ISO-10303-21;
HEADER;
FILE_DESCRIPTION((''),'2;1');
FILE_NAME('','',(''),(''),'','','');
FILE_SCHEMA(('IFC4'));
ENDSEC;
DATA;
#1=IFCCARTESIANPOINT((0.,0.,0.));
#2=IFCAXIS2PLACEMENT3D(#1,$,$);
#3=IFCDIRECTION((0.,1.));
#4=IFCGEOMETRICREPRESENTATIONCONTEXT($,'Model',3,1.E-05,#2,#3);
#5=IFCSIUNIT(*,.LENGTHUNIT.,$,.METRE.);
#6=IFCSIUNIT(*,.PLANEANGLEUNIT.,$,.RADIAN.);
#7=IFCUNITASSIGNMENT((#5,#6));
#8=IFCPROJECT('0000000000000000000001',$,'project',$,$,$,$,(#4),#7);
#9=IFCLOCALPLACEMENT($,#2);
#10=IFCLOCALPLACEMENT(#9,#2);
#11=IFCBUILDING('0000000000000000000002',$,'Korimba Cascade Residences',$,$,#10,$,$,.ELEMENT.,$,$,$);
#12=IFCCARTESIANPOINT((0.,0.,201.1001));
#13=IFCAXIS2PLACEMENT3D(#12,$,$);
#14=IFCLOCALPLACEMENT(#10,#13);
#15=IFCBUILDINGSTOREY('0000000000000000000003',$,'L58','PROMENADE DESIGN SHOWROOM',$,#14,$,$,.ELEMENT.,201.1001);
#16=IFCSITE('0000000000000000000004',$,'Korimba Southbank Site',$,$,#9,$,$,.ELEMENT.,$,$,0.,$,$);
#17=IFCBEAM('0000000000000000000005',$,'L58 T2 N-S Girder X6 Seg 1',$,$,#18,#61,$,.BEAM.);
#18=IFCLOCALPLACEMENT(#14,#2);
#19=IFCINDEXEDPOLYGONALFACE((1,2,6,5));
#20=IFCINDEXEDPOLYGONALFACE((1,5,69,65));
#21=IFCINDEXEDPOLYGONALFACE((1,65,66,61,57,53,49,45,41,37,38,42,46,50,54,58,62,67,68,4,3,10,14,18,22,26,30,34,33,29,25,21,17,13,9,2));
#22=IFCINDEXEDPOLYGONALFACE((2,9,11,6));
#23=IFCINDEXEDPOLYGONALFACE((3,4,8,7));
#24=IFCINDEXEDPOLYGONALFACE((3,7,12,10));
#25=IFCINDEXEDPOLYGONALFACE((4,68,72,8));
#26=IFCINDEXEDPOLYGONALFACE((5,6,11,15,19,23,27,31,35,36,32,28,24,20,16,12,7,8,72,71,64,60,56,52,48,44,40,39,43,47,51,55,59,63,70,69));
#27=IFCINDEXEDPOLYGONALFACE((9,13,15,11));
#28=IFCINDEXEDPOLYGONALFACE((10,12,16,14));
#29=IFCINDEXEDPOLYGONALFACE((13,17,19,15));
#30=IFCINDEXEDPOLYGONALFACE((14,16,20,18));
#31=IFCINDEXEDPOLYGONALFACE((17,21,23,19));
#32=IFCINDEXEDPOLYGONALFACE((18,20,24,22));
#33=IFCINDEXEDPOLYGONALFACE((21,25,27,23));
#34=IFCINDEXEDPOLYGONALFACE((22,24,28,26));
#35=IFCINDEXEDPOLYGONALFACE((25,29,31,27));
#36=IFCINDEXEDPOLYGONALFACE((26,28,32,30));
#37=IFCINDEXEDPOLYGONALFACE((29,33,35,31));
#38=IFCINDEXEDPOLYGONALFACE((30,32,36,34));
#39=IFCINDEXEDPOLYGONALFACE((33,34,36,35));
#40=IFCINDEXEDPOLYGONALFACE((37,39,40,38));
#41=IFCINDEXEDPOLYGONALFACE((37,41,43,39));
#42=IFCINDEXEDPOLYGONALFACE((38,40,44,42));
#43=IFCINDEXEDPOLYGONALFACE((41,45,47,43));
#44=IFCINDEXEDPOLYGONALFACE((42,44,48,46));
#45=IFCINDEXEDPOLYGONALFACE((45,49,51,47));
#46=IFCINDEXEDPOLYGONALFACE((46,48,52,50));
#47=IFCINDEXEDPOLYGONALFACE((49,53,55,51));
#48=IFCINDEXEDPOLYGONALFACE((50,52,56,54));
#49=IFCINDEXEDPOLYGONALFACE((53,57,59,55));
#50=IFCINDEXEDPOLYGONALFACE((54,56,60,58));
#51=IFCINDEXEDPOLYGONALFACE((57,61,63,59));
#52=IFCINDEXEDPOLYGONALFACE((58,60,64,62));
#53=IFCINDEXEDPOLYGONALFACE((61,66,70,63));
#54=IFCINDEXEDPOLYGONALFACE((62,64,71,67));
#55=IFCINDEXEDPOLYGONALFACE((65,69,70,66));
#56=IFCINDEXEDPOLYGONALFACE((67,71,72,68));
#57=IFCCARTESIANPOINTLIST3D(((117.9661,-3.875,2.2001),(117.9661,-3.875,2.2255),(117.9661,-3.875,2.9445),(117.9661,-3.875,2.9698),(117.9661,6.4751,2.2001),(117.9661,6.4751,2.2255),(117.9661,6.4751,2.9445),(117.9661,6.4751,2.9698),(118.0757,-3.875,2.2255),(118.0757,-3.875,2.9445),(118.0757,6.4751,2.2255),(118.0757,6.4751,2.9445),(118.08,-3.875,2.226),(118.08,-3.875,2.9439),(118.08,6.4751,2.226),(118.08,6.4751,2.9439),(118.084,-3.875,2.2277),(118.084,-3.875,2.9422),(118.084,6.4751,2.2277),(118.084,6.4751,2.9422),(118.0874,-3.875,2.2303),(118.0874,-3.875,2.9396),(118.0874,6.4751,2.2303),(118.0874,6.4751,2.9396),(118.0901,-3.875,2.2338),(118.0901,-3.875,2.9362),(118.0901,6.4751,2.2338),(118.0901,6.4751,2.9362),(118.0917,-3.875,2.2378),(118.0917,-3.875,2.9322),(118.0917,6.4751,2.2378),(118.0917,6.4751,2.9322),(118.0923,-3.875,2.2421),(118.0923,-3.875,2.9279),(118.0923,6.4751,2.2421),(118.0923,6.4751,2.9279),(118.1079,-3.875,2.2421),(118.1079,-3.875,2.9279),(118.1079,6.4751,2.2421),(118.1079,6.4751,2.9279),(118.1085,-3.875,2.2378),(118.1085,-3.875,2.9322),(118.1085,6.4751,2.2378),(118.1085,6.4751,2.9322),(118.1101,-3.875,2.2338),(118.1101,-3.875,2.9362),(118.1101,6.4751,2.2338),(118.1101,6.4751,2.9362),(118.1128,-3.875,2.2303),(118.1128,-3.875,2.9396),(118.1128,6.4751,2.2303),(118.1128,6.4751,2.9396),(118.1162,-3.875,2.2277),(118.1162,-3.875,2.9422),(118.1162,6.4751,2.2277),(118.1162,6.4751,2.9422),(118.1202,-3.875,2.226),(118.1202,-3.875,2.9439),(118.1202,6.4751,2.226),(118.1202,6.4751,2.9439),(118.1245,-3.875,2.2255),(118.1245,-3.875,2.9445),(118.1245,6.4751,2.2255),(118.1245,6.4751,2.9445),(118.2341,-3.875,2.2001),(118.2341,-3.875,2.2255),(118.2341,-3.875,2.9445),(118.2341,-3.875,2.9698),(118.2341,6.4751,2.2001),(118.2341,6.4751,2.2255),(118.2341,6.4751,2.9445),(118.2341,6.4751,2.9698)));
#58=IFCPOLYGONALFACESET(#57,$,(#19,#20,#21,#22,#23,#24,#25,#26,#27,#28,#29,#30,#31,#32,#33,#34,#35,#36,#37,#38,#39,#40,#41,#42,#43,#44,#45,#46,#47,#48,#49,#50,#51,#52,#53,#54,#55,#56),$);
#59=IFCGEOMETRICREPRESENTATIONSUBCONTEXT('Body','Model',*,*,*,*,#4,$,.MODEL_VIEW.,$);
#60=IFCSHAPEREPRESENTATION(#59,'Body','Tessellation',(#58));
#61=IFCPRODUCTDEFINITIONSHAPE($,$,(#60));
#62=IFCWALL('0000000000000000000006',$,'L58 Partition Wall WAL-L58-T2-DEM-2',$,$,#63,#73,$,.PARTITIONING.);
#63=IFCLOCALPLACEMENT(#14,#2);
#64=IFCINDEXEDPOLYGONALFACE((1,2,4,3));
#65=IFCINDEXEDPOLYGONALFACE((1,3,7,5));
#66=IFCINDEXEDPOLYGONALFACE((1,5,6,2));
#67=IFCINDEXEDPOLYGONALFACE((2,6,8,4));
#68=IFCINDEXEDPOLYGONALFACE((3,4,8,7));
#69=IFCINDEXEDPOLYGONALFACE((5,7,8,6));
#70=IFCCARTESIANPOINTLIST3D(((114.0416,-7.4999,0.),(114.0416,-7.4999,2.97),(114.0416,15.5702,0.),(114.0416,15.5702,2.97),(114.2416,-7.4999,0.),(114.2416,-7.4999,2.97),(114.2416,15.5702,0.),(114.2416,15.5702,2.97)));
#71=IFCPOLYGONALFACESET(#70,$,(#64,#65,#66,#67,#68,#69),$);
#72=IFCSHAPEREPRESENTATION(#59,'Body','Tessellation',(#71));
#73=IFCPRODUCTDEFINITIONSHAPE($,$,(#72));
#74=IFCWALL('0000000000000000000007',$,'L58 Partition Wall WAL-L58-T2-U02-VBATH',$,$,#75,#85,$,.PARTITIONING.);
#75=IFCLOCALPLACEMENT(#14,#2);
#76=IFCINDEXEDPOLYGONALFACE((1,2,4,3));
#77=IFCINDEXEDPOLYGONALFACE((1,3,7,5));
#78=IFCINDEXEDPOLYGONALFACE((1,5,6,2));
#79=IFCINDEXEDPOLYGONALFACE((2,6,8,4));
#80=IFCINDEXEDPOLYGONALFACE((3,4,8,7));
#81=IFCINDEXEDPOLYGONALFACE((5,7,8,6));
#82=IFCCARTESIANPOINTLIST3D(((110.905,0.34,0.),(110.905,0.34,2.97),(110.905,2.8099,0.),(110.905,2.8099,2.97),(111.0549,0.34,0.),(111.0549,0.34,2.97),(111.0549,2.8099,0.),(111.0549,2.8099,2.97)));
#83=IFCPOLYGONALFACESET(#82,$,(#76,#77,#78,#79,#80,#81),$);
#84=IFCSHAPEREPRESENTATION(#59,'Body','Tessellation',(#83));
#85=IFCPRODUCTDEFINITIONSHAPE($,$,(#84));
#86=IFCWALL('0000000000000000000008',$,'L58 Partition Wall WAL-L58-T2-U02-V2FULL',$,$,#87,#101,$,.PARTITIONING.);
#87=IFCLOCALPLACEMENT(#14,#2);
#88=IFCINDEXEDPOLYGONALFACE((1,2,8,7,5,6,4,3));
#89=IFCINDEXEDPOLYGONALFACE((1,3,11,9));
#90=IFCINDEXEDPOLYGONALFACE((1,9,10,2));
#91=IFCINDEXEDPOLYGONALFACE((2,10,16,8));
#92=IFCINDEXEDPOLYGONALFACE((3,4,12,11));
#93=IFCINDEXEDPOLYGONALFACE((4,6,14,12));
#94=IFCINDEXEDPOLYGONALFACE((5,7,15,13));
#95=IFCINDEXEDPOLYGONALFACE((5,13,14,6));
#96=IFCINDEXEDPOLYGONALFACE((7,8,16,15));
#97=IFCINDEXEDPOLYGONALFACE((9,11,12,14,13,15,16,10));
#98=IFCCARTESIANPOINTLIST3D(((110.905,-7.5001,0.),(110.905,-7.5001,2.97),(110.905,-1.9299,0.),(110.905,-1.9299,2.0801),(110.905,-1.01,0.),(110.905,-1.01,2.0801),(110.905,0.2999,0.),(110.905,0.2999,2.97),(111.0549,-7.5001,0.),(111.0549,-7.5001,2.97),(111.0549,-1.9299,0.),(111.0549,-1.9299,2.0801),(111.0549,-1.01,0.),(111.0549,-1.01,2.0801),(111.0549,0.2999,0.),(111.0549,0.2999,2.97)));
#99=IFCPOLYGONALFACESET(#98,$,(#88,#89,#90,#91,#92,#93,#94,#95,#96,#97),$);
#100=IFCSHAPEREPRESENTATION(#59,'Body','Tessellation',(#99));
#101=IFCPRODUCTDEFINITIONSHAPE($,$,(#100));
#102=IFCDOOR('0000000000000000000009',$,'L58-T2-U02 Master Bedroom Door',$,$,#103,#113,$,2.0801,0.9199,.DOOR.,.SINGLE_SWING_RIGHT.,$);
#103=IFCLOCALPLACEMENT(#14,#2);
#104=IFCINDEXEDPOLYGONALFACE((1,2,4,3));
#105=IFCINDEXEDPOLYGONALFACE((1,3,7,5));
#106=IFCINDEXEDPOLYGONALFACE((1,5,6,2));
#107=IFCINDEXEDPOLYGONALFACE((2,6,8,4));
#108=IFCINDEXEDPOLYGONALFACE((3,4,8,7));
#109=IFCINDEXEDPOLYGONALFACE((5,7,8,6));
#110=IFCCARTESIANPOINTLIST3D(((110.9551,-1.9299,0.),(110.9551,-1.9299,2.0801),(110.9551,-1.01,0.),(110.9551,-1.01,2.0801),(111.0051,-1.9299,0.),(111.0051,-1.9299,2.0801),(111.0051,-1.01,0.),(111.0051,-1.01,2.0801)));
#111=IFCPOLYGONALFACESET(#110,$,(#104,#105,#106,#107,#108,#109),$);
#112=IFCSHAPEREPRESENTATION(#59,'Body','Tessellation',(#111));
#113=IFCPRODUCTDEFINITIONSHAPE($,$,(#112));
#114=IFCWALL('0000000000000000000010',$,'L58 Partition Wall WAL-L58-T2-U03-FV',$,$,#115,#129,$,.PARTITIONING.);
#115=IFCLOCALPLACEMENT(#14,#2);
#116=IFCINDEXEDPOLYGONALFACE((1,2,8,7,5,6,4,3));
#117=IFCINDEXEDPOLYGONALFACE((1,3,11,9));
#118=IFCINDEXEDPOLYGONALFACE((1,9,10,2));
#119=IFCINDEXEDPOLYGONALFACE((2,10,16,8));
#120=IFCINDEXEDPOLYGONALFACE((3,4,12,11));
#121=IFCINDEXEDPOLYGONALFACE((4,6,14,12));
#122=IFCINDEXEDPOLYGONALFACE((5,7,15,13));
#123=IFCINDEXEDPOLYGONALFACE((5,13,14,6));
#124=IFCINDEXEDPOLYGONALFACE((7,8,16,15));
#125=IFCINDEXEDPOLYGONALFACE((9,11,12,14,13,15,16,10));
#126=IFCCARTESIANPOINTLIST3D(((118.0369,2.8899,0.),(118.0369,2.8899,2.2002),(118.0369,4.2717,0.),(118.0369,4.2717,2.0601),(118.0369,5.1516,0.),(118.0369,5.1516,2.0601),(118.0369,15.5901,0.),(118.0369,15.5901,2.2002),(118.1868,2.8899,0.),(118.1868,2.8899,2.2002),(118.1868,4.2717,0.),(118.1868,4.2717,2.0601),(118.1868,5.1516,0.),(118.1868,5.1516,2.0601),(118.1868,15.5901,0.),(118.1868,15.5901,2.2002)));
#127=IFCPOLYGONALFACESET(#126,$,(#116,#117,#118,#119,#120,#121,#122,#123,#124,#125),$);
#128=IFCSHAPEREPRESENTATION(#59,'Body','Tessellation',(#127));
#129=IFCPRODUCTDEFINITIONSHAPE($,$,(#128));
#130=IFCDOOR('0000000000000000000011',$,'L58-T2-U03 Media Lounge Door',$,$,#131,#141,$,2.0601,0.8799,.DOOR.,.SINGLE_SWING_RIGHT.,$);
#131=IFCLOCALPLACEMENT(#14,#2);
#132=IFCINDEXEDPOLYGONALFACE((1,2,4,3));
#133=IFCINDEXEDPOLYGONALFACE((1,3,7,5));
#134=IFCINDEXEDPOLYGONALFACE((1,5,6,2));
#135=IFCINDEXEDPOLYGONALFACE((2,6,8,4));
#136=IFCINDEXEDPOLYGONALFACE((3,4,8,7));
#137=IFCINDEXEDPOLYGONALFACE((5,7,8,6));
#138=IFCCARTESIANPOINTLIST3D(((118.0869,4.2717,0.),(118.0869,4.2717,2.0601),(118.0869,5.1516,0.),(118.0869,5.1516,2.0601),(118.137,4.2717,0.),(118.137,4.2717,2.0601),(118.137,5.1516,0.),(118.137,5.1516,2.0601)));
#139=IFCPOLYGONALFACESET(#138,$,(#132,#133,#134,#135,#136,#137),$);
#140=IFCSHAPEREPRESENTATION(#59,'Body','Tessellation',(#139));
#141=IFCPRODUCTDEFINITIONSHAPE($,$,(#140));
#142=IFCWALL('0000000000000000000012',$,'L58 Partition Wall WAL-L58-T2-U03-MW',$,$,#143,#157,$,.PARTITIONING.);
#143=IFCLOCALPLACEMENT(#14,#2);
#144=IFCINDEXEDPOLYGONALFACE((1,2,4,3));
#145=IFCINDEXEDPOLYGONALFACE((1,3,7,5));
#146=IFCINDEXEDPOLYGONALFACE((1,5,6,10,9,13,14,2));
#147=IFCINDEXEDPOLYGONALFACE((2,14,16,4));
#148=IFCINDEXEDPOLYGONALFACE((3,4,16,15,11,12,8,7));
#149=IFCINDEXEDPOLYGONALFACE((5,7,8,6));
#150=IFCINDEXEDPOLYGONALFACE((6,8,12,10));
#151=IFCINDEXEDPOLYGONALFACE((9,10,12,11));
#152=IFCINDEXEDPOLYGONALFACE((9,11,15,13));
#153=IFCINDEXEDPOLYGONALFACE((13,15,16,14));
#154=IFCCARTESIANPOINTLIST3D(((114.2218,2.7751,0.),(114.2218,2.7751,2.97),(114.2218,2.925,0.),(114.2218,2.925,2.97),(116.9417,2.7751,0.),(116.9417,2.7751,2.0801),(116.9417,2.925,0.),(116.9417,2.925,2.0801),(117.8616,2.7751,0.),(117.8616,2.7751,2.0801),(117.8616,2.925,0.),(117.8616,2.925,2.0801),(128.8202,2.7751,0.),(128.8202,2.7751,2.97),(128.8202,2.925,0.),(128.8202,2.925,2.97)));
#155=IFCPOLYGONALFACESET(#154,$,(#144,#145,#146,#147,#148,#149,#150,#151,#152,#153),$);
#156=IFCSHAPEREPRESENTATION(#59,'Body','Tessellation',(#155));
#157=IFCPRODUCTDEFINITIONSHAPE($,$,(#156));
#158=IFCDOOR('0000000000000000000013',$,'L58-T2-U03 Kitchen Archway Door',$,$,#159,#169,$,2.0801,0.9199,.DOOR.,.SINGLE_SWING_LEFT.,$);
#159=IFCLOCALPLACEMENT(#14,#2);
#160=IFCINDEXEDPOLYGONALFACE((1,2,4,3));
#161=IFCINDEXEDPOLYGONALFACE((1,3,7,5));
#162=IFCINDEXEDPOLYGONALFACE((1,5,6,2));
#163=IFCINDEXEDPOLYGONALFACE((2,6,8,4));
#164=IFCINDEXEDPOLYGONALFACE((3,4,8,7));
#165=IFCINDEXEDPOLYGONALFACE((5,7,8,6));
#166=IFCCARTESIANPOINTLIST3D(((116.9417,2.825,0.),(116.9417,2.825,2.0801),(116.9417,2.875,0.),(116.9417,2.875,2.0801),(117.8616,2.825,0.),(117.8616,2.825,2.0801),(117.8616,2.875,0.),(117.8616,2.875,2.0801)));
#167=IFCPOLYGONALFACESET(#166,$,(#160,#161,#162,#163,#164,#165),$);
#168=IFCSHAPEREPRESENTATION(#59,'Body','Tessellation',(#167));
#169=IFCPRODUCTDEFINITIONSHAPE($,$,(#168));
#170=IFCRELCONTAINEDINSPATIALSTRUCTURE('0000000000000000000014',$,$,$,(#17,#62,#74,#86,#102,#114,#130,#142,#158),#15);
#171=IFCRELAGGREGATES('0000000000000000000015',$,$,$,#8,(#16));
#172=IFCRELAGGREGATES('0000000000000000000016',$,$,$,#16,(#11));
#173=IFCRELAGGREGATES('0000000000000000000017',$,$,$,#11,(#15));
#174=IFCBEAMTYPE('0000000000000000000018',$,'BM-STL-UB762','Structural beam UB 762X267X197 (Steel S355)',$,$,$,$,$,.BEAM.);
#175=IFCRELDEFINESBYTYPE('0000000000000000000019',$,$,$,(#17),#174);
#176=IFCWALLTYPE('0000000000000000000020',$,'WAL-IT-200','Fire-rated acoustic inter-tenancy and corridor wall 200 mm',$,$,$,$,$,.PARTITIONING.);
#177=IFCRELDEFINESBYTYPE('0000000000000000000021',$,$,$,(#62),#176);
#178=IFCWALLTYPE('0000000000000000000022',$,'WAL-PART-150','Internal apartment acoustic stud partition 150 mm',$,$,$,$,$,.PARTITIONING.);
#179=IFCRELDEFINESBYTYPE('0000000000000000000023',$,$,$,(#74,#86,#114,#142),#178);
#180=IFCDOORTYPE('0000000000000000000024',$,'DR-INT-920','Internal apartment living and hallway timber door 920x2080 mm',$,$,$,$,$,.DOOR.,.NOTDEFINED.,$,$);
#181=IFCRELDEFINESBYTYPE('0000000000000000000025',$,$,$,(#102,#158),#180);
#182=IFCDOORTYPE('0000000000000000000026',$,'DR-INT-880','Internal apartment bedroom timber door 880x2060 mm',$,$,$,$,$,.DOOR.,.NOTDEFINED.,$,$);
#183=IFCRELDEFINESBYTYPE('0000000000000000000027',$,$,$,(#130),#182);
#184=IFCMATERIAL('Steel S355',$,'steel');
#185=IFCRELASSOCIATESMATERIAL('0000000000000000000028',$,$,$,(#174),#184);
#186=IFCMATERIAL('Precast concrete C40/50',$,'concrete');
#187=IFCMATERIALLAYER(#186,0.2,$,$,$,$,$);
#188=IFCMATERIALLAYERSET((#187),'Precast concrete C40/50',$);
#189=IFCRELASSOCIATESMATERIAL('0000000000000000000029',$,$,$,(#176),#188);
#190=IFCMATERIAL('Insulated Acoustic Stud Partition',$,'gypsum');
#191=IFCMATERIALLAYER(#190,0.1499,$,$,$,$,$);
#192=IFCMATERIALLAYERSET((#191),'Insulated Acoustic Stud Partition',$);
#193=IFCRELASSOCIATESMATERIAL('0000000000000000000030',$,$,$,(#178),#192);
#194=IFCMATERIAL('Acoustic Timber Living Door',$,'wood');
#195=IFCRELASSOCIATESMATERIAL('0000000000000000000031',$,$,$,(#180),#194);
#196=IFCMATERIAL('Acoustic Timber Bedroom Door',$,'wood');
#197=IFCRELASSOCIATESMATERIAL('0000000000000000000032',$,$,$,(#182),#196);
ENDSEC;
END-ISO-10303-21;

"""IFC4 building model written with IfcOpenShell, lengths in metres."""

from ifc_helpers import new_model, si_unit, direction, frame, frame_2d, origin, origin_2d, place, context, subcontext, project, spatial, rectangle, i_section, extrude, material, layer, layer_set, material_profile, profile_set, type_object, element, fill, save


model = new_model("IFC4")

# Units and contexts
model_context = context("Model", 3, precision=1e-05, world=origin(), true_north=direction((0.0, 1.0)))
body_context = subcontext(model_context, "Body", "Model", "MODEL_VIEW")
ifc_project = project(units=[si_unit("LENGTHUNIT", "METRE"), si_unit("PLANEANGLEUNIT", "RADIAN")], contexts=[model_context])

# Site, building, storey
site_placement = place(None, origin())
site = spatial("IfcSite", under=ifc_project, at=site_placement, Name="Korimba Southbank Site", CompositionType="ELEMENT", RefElevation=0.0)
building_placement = place(site_placement, origin())
building = spatial("IfcBuilding", under=site, at=building_placement, Name="Korimba Cascade Residences", CompositionType="ELEMENT")
storey_placement = place(building_placement, frame((0.0, 0.0, 201.1001)))
storey = spatial("IfcBuildingStorey", under=building, at=storey_placement, Name="L58", Description="PROMENADE DESIGN SHOWROOM", CompositionType="ELEMENT", Elevation=201.1001)

# Beam
ifc_material_1 = material(Name="Steel S355", Category="steel")
ifc_material_profile_1 = material_profile(ifc_material_1, i_section(OverallWidth=0.2681, OverallDepth=0.7698, WebThickness=0.0156, FlangeThickness=0.0254, FilletRadius=0.0166, at=origin_2d()), Name="Steel S355")
ifc_profile_set_1 = profile_set([ifc_material_profile_1], Name="Steel S355")
beam_type_1 = type_object("IfcBeamType", Name="BM-STL-UB762", Description="Structural beam UB 762X267X197 (Steel S355)", PredefinedType="BEAM", material=ifc_profile_set_1)
for number, where, z_axis, x_axis, name in (
    (1, (118.1001, -3.875, 2.585), (0.0, 1.0, 0.0), (-1.0, 0.0, 0.0), "L58 T2 N-S Girder X6 Seg 1"),
):
    element("IfcBeam", number, at=place(storey_placement, frame(where, z_axis=z_axis, x_axis=x_axis)), inside=storey, type_object=beam_type_1, Name=name, PredefinedType="BEAM", context=body_context, shape_type="SweptSolid", body=[
        extrude(i_section(OverallWidth=0.2681, OverallDepth=0.7698, WebThickness=0.0156, FlangeThickness=0.0254, FilletRadius=0.0166, at=origin_2d()), origin(), (0.0, 0.0, 1.0), 10.3501),
    ])

# Walls
ifc_material_2 = material(Name="Precast concrete C40/50", Category="concrete")
ifc_layer_1 = layer(ifc_material_2, 0.2)
ifc_layer_set_1 = layer_set([ifc_layer_1], Name="Precast concrete C40/50")
wall_type_1 = type_object("IfcWallType", Name="WAL-IT-200", Description="Fire-rated acoustic inter-tenancy and corridor wall 200 mm", PredefinedType="PARTITIONING", material=ifc_layer_set_1)
wall_1_placement = place(storey_placement, frame((114.1416, -7.5, 0.0), z_axis=(0.0, 0.0, 1.0), x_axis=(0.0, 1.0, 0.0)))
element("IfcWall", 2, at=wall_1_placement, inside=storey, type_object=wall_type_1, Name="L58 Partition Wall WAL-L58-T2-DEM-2", PredefinedType="PARTITIONING", context=body_context, shape_type="SweptSolid", body=[
    extrude(rectangle(XDim=23.0701, YDim=0.2, at=frame_2d((11.5352, 0.0))), origin(), (0.0, 0.0, 1.0), 2.97),
])
ifc_material_3 = material(Name="Insulated Acoustic Stud Partition", Category="gypsum")
ifc_layer_2 = layer(ifc_material_3, 0.1499)
ifc_layer_set_2 = layer_set([ifc_layer_2], Name="Insulated Acoustic Stud Partition")
wall_type_2 = type_object("IfcWallType", Name="WAL-PART-150", Description="Internal apartment acoustic stud partition 150 mm", PredefinedType="PARTITIONING", material=ifc_layer_set_2)
wall_2_placement = place(storey_placement, frame((110.98, 0.3401, 0.0), z_axis=(0.0, 0.0, 1.0), x_axis=(0.0, 1.0, 0.0)))
element("IfcWall", 3, at=wall_2_placement, inside=storey, type_object=wall_type_2, Name="L58 Partition Wall WAL-L58-T2-U02-VBATH", PredefinedType="PARTITIONING", context=body_context, shape_type="SweptSolid", body=[
    extrude(rectangle(XDim=2.47, YDim=0.1499, at=frame_2d((1.2349, 0.0))), origin(), (0.0, 0.0, 1.0), 2.97),
])

# Walls, openings, doors
wall_3_placement = place(storey_placement, frame((110.98, -7.5, 0.0), z_axis=(0.0, 0.0, 1.0), x_axis=(0.0, 1.0, 0.0)))
wall_3 = element("IfcWall", 4, at=wall_3_placement, inside=storey, type_object=wall_type_2, Name="L58 Partition Wall WAL-L58-T2-U02-V2FULL", PredefinedType="PARTITIONING", context=body_context, shape_type="SweptSolid", body=[
    extrude(rectangle(XDim=7.8, YDim=0.1499, at=frame_2d((3.8999, 0.0))), origin(), (0.0, 0.0, 1.0), 2.97),
])
opening_1_placement = place(wall_3_placement, frame((5.5701, 0.0, 0.0)))
opening_1 = element("IfcOpeningElement", 5, at=opening_1_placement, cuts=wall_3, PredefinedType="OPENING", context=body_context, shape_type="SweptSolid", body=[
    extrude(rectangle(XDim=0.9199, YDim=2.0801, at=frame_2d((0.46, 1.04))), frame((0.0, 0.085, 0.0), z_axis=(0.0, -1.0, 0.0), x_axis=(1.0, 0.0, 0.0)), (0.0, 0.0, 1.0), 0.1699),
])
ifc_material_4 = material(Name="Acoustic Timber Living Door", Category="wood")
door_type_1 = type_object("IfcDoorType", Name="DR-INT-920", Description="Internal apartment living and hallway timber door 920x2080 mm", OperationType="NOTDEFINED", PredefinedType="DOOR", material=ifc_material_4)
door_1_placement = place(opening_1_placement, origin())
door_1 = element("IfcDoor", 6, at=door_1_placement, inside=storey, type_object=door_type_1, Name="L58-T2-U02 Master Bedroom Door", OperationType="SINGLE_SWING_RIGHT", OverallHeight=2.0801, OverallWidth=0.9199, PredefinedType="DOOR", context=body_context, shape_type="SweptSolid", body=[
    extrude(rectangle(XDim=0.9199, YDim=2.0801, at=frame_2d((0.46, 1.04))), frame((0.0, 0.0249, 0.0), z_axis=(0.0, -1.0, 0.0), x_axis=(1.0, 0.0, 0.0)), (0.0, 0.0, 1.0), 0.05),
])
fill(opening_1, door_1)
wall_4_placement = place(storey_placement, frame((118.1118, 2.8899, 0.0), z_axis=(0.0, 0.0, 1.0), x_axis=(0.0, 1.0, 0.0)))
wall_4 = element("IfcWall", 7, at=wall_4_placement, inside=storey, type_object=wall_type_2, Name="L58 Partition Wall WAL-L58-T2-U03-FV", PredefinedType="PARTITIONING", context=body_context, shape_type="SweptSolid", body=[
    extrude(rectangle(XDim=12.7002, YDim=0.1499, at=frame_2d((6.3501, 0.0))), origin(), (0.0, 0.0, 1.0), 2.2002),
])
opening_2_placement = place(wall_4_placement, frame((1.3818, 0.0, 0.0)))
opening_2 = element("IfcOpeningElement", 8, at=opening_2_placement, cuts=wall_4, PredefinedType="OPENING", context=body_context, shape_type="SweptSolid", body=[
    extrude(rectangle(XDim=0.8799, YDim=2.0601, at=frame_2d((0.4399, 1.03))), frame((0.0, 0.085, 0.0), z_axis=(0.0, -1.0, 0.0), x_axis=(1.0, 0.0, 0.0)), (0.0, 0.0, 1.0), 0.1699),
])
ifc_material_5 = material(Name="Acoustic Timber Bedroom Door", Category="wood")
door_type_2 = type_object("IfcDoorType", Name="DR-INT-880", Description="Internal apartment bedroom timber door 880x2060 mm", OperationType="NOTDEFINED", PredefinedType="DOOR", material=ifc_material_5)
door_2_placement = place(opening_2_placement, origin())
door_2 = element("IfcDoor", 9, at=door_2_placement, inside=storey, type_object=door_type_2, Name="L58-T2-U03 Media Lounge Door", OperationType="SINGLE_SWING_RIGHT", OverallHeight=2.0601, OverallWidth=0.8799, PredefinedType="DOOR", context=body_context, shape_type="SweptSolid", body=[
    extrude(rectangle(XDim=0.8799, YDim=2.0601, at=frame_2d((0.4399, 1.03))), frame((0.0, 0.0249, 0.0), z_axis=(0.0, -1.0, 0.0), x_axis=(1.0, 0.0, 0.0)), (0.0, 0.0, 1.0), 0.05),
])
fill(opening_2, door_2)
wall_5_placement = place(storey_placement, frame((114.2217, 2.8501, 0.0), z_axis=(0.0, 0.0, 1.0), x_axis=(1.0, 0.0, 0.0)))
wall_5 = element("IfcWall", 10, at=wall_5_placement, inside=storey, type_object=wall_type_2, Name="L58 Partition Wall WAL-L58-T2-U03-MW", PredefinedType="PARTITIONING", context=body_context, shape_type="SweptSolid", body=[
    extrude(rectangle(XDim=14.5984, YDim=0.1499, at=frame_2d((7.2993, 0.0))), origin(), (0.0, 0.0, 1.0), 2.97),
])
opening_3_placement = place(wall_5_placement, frame((2.72, 0.0, 0.0)))
opening_3 = element("IfcOpeningElement", 11, at=opening_3_placement, cuts=wall_5, PredefinedType="OPENING", context=body_context, shape_type="SweptSolid", body=[
    extrude(rectangle(XDim=0.9199, YDim=2.0801, at=frame_2d((0.46, 1.04))), frame((0.0, 0.085, 0.0), z_axis=(0.0, -1.0, 0.0), x_axis=(1.0, 0.0, 0.0)), (0.0, 0.0, 1.0), 0.1699),
])
door_3_placement = place(opening_3_placement, origin())
door_3 = element("IfcDoor", 12, at=door_3_placement, inside=storey, type_object=door_type_1, Name="L58-T2-U03 Kitchen Archway Door", OperationType="SINGLE_SWING_LEFT", OverallHeight=2.0801, OverallWidth=0.9199, PredefinedType="DOOR", context=body_context, shape_type="SweptSolid", body=[
    extrude(rectangle(XDim=0.9199, YDim=2.0801, at=frame_2d((0.46, 1.04))), frame((0.0, 0.0249, 0.0), z_axis=(0.0, -1.0, 0.0), x_axis=(1.0, 0.0, 0.0)), (0.0, 0.0, 1.0), 0.05),
])
fill(opening_3, door_3)

save(model, "model.ifc")
